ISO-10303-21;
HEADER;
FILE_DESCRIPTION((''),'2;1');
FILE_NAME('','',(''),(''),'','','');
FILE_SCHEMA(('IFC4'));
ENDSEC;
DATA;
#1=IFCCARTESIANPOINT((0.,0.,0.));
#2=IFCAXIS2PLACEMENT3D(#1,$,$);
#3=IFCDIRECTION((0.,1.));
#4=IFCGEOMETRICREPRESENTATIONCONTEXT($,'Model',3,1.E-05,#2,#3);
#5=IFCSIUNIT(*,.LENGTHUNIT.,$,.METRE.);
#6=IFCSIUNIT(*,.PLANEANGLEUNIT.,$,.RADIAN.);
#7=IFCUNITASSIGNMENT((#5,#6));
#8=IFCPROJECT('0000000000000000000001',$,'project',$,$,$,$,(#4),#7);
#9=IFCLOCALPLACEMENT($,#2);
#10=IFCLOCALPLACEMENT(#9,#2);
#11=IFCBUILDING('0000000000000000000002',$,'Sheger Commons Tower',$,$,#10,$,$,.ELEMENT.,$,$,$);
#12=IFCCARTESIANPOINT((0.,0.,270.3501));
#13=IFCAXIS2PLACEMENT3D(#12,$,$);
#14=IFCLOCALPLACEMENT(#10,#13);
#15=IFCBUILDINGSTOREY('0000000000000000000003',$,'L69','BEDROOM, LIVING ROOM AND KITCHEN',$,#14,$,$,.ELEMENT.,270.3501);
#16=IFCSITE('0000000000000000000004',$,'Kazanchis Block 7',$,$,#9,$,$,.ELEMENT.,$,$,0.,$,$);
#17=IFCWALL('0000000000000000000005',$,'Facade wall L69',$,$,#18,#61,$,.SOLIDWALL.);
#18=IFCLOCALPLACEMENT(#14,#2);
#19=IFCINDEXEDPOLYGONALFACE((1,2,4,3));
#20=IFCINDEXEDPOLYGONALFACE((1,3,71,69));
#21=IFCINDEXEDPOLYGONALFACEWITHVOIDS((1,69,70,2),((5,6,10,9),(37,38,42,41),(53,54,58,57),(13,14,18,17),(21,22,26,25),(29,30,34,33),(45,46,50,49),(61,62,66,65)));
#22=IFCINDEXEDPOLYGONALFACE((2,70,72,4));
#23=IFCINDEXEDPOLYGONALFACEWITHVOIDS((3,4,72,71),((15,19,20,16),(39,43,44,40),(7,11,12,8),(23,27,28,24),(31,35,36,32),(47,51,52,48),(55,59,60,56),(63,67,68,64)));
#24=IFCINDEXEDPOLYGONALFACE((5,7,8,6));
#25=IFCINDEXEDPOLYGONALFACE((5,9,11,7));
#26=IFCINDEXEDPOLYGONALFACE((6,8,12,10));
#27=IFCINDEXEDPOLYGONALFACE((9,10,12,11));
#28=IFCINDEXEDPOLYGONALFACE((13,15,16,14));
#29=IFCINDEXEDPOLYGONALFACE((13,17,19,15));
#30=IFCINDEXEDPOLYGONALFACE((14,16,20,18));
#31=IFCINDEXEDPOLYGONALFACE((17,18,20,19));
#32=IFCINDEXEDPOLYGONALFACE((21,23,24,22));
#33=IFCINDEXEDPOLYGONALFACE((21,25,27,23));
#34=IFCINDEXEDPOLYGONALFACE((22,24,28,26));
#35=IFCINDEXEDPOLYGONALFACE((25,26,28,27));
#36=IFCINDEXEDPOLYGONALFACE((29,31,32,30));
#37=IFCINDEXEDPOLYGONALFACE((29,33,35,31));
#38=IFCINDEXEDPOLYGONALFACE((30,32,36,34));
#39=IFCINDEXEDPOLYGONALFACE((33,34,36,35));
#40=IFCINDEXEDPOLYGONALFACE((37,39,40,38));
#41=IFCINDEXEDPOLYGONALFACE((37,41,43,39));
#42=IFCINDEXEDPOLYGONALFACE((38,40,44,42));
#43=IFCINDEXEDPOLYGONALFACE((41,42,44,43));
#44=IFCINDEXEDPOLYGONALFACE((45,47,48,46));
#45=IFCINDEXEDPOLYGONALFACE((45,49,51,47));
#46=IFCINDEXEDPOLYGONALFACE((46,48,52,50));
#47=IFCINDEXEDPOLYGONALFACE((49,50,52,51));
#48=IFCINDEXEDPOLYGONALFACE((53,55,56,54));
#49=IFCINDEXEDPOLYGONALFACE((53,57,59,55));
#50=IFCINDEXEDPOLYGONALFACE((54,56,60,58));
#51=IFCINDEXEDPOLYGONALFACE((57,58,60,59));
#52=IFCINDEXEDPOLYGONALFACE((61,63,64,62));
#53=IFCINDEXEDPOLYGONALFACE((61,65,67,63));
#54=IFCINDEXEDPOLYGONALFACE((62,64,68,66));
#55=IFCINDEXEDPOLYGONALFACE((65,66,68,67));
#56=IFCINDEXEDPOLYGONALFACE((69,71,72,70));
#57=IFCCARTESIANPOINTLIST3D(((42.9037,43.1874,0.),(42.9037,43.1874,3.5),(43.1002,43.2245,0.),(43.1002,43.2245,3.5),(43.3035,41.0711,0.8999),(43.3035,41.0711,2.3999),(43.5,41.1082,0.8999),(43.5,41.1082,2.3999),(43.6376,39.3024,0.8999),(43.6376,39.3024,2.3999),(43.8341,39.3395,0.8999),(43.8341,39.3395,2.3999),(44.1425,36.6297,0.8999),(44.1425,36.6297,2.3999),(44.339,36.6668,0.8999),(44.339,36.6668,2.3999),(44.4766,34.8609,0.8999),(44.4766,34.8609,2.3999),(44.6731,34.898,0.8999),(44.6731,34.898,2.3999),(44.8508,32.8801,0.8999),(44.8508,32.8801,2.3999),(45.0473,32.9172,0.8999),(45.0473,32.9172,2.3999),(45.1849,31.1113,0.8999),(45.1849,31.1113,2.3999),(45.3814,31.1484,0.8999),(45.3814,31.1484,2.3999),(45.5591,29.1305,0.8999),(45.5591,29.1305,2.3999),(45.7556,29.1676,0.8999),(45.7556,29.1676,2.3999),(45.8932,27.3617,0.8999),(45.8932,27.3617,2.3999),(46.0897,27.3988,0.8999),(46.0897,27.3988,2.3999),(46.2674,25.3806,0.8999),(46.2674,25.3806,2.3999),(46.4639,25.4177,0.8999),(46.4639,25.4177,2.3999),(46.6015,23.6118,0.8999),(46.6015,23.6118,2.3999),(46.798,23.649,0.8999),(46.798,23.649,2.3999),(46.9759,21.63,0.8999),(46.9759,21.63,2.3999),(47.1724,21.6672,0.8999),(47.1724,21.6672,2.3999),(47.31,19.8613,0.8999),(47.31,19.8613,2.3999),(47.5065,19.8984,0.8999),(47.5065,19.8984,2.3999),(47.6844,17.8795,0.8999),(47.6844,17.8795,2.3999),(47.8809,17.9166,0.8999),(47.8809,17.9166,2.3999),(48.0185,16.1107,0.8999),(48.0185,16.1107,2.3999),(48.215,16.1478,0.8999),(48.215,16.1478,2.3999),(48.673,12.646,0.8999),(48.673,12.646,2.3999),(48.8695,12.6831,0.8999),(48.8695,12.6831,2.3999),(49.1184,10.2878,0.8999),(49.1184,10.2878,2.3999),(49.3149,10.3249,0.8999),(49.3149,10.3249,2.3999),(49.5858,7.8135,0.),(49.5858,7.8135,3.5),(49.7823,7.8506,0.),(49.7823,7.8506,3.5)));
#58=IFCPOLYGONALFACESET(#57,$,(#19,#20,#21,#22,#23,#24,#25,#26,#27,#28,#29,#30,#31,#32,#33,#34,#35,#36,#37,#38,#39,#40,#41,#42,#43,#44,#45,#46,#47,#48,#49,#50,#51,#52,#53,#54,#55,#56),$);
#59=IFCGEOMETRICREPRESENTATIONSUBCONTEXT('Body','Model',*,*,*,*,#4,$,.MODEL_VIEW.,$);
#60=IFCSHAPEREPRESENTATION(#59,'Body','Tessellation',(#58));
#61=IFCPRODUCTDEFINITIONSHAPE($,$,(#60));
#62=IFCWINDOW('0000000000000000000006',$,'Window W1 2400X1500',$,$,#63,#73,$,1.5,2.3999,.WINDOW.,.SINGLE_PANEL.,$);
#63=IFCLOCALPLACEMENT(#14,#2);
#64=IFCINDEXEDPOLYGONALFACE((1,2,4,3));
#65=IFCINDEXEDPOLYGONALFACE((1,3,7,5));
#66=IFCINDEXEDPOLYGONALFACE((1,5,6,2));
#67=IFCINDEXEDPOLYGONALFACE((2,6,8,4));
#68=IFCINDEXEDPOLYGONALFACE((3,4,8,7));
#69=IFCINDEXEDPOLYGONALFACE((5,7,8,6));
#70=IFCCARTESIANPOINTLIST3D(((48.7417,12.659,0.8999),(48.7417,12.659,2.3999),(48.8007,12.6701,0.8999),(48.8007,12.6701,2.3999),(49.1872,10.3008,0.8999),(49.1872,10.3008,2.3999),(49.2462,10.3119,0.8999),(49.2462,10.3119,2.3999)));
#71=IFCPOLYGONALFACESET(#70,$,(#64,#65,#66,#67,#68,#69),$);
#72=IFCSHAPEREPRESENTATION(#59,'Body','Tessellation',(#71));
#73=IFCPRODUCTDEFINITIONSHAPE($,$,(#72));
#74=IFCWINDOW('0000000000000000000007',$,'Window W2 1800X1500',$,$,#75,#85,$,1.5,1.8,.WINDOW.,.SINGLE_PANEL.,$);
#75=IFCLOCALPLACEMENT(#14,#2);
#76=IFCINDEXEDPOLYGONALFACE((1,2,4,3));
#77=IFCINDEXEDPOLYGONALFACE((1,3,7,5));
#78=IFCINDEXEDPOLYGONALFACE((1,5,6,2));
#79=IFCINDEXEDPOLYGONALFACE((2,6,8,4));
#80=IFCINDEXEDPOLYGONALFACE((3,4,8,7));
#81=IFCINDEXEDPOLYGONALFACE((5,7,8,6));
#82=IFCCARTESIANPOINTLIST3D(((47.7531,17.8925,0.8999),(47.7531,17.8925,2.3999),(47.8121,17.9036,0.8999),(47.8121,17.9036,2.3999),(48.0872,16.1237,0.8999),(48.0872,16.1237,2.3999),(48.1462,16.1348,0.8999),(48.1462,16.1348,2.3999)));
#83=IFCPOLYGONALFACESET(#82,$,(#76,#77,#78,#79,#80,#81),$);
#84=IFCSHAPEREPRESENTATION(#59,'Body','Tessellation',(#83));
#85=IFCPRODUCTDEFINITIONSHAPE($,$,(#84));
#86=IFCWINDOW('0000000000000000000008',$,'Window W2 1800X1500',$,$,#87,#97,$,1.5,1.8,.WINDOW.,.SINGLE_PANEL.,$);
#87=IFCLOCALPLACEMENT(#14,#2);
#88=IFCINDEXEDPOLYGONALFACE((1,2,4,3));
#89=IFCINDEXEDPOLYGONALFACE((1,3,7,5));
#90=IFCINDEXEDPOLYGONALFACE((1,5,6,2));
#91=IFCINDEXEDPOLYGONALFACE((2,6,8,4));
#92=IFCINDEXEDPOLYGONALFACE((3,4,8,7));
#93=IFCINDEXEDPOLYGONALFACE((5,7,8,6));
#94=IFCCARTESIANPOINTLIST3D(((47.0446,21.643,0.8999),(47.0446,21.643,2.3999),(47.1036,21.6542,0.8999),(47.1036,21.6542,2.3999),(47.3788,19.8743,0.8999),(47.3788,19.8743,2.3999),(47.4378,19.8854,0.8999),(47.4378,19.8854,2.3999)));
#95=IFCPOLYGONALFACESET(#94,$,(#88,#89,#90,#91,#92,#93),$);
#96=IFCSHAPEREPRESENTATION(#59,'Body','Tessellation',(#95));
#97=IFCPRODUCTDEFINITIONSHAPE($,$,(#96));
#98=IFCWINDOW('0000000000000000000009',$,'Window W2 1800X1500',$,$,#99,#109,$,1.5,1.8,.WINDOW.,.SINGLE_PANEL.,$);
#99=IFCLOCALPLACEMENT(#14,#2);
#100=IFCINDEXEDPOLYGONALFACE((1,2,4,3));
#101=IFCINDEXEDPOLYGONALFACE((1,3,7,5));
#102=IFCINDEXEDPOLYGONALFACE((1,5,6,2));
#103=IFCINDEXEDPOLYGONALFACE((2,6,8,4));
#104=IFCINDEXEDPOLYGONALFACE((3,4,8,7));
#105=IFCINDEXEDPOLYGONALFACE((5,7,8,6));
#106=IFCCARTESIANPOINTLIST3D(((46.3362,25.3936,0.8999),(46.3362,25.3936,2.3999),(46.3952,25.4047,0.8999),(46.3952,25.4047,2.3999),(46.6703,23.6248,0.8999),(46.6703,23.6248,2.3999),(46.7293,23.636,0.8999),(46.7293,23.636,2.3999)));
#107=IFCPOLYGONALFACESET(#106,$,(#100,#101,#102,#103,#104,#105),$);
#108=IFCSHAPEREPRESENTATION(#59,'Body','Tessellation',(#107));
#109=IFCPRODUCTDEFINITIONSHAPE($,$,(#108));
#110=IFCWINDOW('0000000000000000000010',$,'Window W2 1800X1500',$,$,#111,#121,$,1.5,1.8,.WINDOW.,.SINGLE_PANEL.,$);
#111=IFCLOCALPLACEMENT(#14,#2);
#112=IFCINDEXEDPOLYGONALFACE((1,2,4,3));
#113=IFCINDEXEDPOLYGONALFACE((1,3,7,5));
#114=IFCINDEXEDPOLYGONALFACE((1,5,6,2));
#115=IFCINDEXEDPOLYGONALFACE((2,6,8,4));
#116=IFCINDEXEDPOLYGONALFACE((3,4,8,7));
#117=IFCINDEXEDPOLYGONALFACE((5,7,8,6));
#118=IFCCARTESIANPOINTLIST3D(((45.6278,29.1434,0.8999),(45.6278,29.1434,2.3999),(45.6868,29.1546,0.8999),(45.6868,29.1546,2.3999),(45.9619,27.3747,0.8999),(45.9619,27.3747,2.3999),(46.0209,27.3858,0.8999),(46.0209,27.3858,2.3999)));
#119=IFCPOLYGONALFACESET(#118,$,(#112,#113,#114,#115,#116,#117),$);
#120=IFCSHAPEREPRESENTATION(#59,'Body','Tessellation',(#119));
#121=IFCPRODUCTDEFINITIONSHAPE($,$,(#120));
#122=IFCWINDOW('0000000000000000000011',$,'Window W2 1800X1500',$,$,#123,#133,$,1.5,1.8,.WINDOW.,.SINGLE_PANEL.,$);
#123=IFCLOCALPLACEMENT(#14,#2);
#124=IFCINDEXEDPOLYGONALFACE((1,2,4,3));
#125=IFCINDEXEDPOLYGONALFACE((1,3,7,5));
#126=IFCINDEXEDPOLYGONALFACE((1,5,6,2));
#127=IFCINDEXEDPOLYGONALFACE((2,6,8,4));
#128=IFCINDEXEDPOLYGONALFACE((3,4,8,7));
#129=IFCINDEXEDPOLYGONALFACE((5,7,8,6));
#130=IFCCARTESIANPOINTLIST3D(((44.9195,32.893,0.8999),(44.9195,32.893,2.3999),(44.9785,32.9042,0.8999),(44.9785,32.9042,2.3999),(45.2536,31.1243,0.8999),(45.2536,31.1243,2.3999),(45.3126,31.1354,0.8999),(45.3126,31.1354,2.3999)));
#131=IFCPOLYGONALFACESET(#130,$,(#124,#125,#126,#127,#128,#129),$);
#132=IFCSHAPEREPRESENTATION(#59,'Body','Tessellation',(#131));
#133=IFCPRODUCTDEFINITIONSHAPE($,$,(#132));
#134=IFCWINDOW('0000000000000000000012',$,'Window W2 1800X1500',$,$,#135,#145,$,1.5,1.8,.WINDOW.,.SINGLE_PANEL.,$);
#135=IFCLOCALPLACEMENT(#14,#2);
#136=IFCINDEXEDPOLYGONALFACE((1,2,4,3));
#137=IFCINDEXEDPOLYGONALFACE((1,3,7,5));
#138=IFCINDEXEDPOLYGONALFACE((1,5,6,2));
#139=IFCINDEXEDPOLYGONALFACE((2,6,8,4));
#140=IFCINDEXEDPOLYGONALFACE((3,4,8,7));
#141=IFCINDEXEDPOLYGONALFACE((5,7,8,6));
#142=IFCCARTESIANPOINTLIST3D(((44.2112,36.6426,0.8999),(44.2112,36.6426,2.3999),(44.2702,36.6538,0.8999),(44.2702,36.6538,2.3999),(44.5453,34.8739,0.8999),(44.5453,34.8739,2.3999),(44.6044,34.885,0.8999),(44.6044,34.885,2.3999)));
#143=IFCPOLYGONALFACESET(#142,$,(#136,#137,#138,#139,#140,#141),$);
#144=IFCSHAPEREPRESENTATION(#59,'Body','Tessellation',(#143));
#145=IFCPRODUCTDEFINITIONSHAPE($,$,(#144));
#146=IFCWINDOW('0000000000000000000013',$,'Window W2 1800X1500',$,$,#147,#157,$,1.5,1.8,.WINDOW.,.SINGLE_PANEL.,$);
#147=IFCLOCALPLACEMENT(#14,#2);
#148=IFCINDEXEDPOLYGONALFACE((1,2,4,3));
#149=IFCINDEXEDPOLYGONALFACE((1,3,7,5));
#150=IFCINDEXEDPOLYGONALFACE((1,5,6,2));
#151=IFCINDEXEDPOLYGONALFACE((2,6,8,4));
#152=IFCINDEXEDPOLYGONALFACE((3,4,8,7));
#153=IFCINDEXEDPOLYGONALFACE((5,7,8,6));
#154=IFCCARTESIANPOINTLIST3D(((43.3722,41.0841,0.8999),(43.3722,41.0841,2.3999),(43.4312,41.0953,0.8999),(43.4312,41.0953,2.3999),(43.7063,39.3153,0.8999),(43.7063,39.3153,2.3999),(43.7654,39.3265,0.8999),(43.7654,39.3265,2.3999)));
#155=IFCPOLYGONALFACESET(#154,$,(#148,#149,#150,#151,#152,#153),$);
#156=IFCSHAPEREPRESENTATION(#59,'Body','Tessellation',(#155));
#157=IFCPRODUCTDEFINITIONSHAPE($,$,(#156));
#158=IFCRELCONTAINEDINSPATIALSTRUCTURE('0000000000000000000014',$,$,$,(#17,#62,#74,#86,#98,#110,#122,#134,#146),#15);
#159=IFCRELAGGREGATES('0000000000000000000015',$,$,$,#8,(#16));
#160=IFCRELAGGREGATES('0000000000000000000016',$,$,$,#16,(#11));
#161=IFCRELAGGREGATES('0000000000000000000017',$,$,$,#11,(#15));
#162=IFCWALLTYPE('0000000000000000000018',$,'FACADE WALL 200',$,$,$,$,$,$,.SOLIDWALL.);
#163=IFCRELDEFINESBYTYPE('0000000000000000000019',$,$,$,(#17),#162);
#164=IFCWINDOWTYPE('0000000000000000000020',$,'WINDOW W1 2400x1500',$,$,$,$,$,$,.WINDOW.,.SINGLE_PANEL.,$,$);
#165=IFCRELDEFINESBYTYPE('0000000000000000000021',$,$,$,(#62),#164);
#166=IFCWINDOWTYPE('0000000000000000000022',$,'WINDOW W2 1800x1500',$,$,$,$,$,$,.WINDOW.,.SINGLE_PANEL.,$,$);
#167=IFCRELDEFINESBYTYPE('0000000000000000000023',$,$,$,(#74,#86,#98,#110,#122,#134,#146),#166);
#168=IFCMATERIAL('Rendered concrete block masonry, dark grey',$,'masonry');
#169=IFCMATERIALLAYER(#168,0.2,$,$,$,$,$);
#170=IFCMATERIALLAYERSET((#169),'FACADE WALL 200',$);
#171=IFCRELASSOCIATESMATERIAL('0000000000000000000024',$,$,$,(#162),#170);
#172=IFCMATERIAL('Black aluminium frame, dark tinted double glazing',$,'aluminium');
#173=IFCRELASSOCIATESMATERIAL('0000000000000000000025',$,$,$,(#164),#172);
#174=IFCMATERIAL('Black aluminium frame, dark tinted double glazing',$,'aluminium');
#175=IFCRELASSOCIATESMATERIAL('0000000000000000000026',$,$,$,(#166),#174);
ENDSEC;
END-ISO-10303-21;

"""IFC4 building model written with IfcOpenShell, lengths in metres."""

from ifc_helpers import new_model, si_unit, direction, frame, frame_2d, origin, place, context, subcontext, project, spatial, rectangle, extrude, material, layer, layer_set, type_object, element, fill, save


model = new_model("IFC4")

# Units and contexts
model_context = context("Model", 3, precision=1e-05, world=origin(), true_north=direction((0.0, 1.0)))
body_context = subcontext(model_context, "Body", "Model", "MODEL_VIEW")
ifc_project = project(units=[si_unit("LENGTHUNIT", "METRE"), si_unit("PLANEANGLEUNIT", "RADIAN")], contexts=[model_context])

# Site, building, storey
site_placement = place(None, origin())
site = spatial("IfcSite", under=ifc_project, at=site_placement, Name="Kazanchis Block 7", CompositionType="ELEMENT", RefElevation=0.0)
building_placement = place(site_placement, origin())
building = spatial("IfcBuilding", under=site, at=building_placement, Name="Sheger Commons Tower", CompositionType="ELEMENT")
storey_placement = place(building_placement, frame((0.0, 0.0, 270.3501)))
storey = spatial("IfcBuildingStorey", under=building, at=storey_placement, Name="L69", Description="BEDROOM, LIVING ROOM AND KITCHEN", CompositionType="ELEMENT", Elevation=270.3501)

# Shared definitions
ifc_material_1 = material(Name="Rendered concrete block masonry, dark grey", Category="masonry")
ifc_layer_1 = layer(ifc_material_1, 0.2)
ifc_layer_set_1 = layer_set([ifc_layer_1], Name="FACADE WALL 200")
wall_type_1 = type_object("IfcWallType", Name="FACADE WALL 200", PredefinedType="SOLIDWALL", material=ifc_layer_set_1)

# Wall, openings, windows
wall_1_placement = place(storey_placement, frame((49.6841, 7.832, 0.0), z_axis=(0.0, 0.0, 1.0), x_axis=(-0.185617, 0.982622, 0.0)))
wall_1 = element("IfcWall", 1, at=wall_1_placement, inside=storey, type_object=wall_type_1, Name="Facade wall L69", PredefinedType="SOLIDWALL", context=body_context, shape_type="SweptSolid", body=[
    extrude(rectangle(XDim=35.9995, YDim=0.2, at=frame_2d((17.9998, 0.0))), origin(), (0.0, 0.0, 1.0), 3.5),
])
opening_1_placement = place(wall_1_placement, frame((2.5181, 0.0, 0.8999)))
opening_1 = element("IfcOpeningElement", 2, at=opening_1_placement, cuts=wall_1, PredefinedType="OPENING", context=body_context, shape_type="SweptSolid", body=[
    extrude(rectangle(XDim=2.3999, YDim=1.5, at=frame_2d((1.2, 0.75))), frame((0.0, 0.1099, 0.0), z_axis=(0.0, -1.0, 0.0), x_axis=(1.0, 0.0, 0.0)), (0.0, 0.0, 1.0), 0.22),
])
opening_2_placement = place(wall_1_placement, frame((8.4441, 0.0, 0.8999)))
opening_2 = element("IfcOpeningElement", 3, at=opening_2_placement, cuts=wall_1, PredefinedType="OPENING", context=body_context, shape_type="SweptSolid", body=[
    extrude(rectangle(XDim=1.8, YDim=1.5, at=frame_2d((0.8999, 0.75))), frame((0.0, 0.1099, 0.0), z_axis=(0.0, -1.0, 0.0), x_axis=(1.0, 0.0, 0.0)), (0.0, 0.0, 1.0), 0.22),
])
opening_3_placement = place(wall_1_placement, frame((12.261, 0.0, 0.8999)))
opening_3 = element("IfcOpeningElement", 4, at=opening_3_placement, cuts=wall_1, PredefinedType="OPENING", context=body_context, shape_type="SweptSolid", body=[
    extrude(rectangle(XDim=1.8, YDim=1.5, at=frame_2d((0.8999, 0.75))), frame((0.0, 0.1099, 0.0), z_axis=(0.0, -1.0, 0.0), x_axis=(1.0, 0.0, 0.0)), (0.0, 0.0, 1.0), 0.22),
])
opening_4_placement = place(wall_1_placement, frame((16.0779, 0.0, 0.8999)))
opening_4 = element("IfcOpeningElement", 5, at=opening_4_placement, cuts=wall_1, PredefinedType="OPENING", context=body_context, shape_type="SweptSolid", body=[
    extrude(rectangle(XDim=1.8, YDim=1.5, at=frame_2d((0.8999, 0.75))), frame((0.0, 0.1099, 0.0), z_axis=(0.0, -1.0, 0.0), x_axis=(1.0, 0.0, 0.0)), (0.0, 0.0, 1.0), 0.22),
])
opening_5_placement = place(wall_1_placement, frame((19.894, 0.0, 0.8999)))
opening_5 = element("IfcOpeningElement", 6, at=opening_5_placement, cuts=wall_1, PredefinedType="OPENING", context=body_context, shape_type="SweptSolid", body=[
    extrude(rectangle(XDim=1.8, YDim=1.5, at=frame_2d((0.8999, 0.75))), frame((0.0, 0.1099, 0.0), z_axis=(0.0, -1.0, 0.0), x_axis=(1.0, 0.0, 0.0)), (0.0, 0.0, 1.0), 0.22),
])
opening_6_placement = place(wall_1_placement, frame((23.71, 0.0, 0.8999)))
opening_6 = element("IfcOpeningElement", 7, at=opening_6_placement, cuts=wall_1, PredefinedType="OPENING", context=body_context, shape_type="SweptSolid", body=[
    extrude(rectangle(XDim=1.8, YDim=1.5, at=frame_2d((0.8999, 0.75))), frame((0.0, 0.1099, 0.0), z_axis=(0.0, -1.0, 0.0), x_axis=(1.0, 0.0, 0.0)), (0.0, 0.0, 1.0), 0.22),
])
opening_7_placement = place(wall_1_placement, frame((27.5259, 0.0, 0.8999)))
opening_7 = element("IfcOpeningElement", 8, at=opening_7_placement, cuts=wall_1, PredefinedType="OPENING", context=body_context, shape_type="SweptSolid", body=[
    extrude(rectangle(XDim=1.8, YDim=1.5, at=frame_2d((0.8999, 0.75))), frame((0.0, 0.1099, 0.0), z_axis=(0.0, -1.0, 0.0), x_axis=(1.0, 0.0, 0.0)), (0.0, 0.0, 1.0), 0.22),
])
opening_8_placement = place(wall_1_placement, frame((32.0459, 0.0, 0.8999)))
opening_8 = element("IfcOpeningElement", 9, at=opening_8_placement, cuts=wall_1, PredefinedType="OPENING", context=body_context, shape_type="SweptSolid", body=[
    extrude(rectangle(XDim=1.8, YDim=1.5, at=frame_2d((0.8999, 0.75))), frame((0.0, 0.1099, 0.0), z_axis=(0.0, -1.0, 0.0), x_axis=(1.0, 0.0, 0.0)), (0.0, 0.0, 1.0), 0.22),
])
ifc_material_2 = material(Name="Black aluminium frame, dark tinted double glazing", Category="aluminium")
window_type_1 = type_object("IfcWindowType", Name="WINDOW W1 2400x1500", PartitioningType="SINGLE_PANEL", PredefinedType="WINDOW", material=ifc_material_2)
window_1_placement = place(opening_1_placement, origin())
window_1 = element("IfcWindow", 10, at=window_1_placement, inside=storey, type_object=window_type_1, Name="Window W1 2400X1500", OverallHeight=1.5, OverallWidth=2.3999, PartitioningType="SINGLE_PANEL", PredefinedType="WINDOW", context=body_context, shape_type="SweptSolid", body=[
    extrude(rectangle(XDim=2.3999, YDim=1.5, at=frame_2d((1.2, 0.75))), frame((0.0, 0.03, 0.0), z_axis=(0.0, -1.0, 0.0), x_axis=(1.0, 0.0, 0.0)), (0.0, 0.0, 1.0), 0.0601),
])
fill(opening_1, window_1)
ifc_material_3 = material(Name="Black aluminium frame, dark tinted double glazing", Category="aluminium")
window_type_2 = type_object("IfcWindowType", Name="WINDOW W2 1800x1500", PartitioningType="SINGLE_PANEL", PredefinedType="WINDOW", material=ifc_material_3)
window_2_placement = place(opening_2_placement, origin())
window_2 = element("IfcWindow", 11, at=window_2_placement, inside=storey, type_object=window_type_2, Name="Window W2 1800X1500", OverallHeight=1.5, OverallWidth=1.8, PartitioningType="SINGLE_PANEL", PredefinedType="WINDOW", context=body_context, shape_type="SweptSolid", body=[
    extrude(rectangle(XDim=1.8, YDim=1.5, at=frame_2d((0.8999, 0.75))), frame((0.0, 0.03, 0.0), z_axis=(0.0, -1.0, 0.0), x_axis=(1.0, 0.0, 0.0)), (0.0, 0.0, 1.0), 0.0601),
])
fill(opening_2, window_2)
window_3_placement = place(opening_3_placement, origin())
window_3 = element("IfcWindow", 12, at=window_3_placement, inside=storey, type_object=window_type_2, Name="Window W2 1800X1500", OverallHeight=1.5, OverallWidth=1.8, PartitioningType="SINGLE_PANEL", PredefinedType="WINDOW", context=body_context, shape_type="SweptSolid", body=[
    extrude(rectangle(XDim=1.8, YDim=1.5, at=frame_2d((0.8999, 0.75))), frame((0.0, 0.03, 0.0), z_axis=(0.0, -1.0, 0.0), x_axis=(1.0, 0.0, 0.0)), (0.0, 0.0, 1.0), 0.0601),
])
fill(opening_3, window_3)
window_4_placement = place(opening_4_placement, origin())
window_4 = element("IfcWindow", 13, at=window_4_placement, inside=storey, type_object=window_type_2, Name="Window W2 1800X1500", OverallHeight=1.5, OverallWidth=1.8, PartitioningType="SINGLE_PANEL", PredefinedType="WINDOW", context=body_context, shape_type="SweptSolid", body=[
    extrude(rectangle(XDim=1.8, YDim=1.5, at=frame_2d((0.8999, 0.75))), frame((0.0, 0.03, 0.0), z_axis=(0.0, -1.0, 0.0), x_axis=(1.0, 0.0, 0.0)), (0.0, 0.0, 1.0), 0.0601),
])
fill(opening_4, window_4)
window_5_placement = place(opening_5_placement, origin())
window_5 = element("IfcWindow", 14, at=window_5_placement, inside=storey, type_object=window_type_2, Name="Window W2 1800X1500", OverallHeight=1.5, OverallWidth=1.8, PartitioningType="SINGLE_PANEL", PredefinedType="WINDOW", context=body_context, shape_type="SweptSolid", body=[
    extrude(rectangle(XDim=1.8, YDim=1.5, at=frame_2d((0.8999, 0.75))), frame((0.0, 0.03, 0.0), z_axis=(0.0, -1.0, 0.0), x_axis=(1.0, 0.0, 0.0)), (0.0, 0.0, 1.0), 0.0601),
])
fill(opening_5, window_5)
window_6_placement = place(opening_6_placement, origin())
window_6 = element("IfcWindow", 15, at=window_6_placement, inside=storey, type_object=window_type_2, Name="Window W2 1800X1500", OverallHeight=1.5, OverallWidth=1.8, PartitioningType="SINGLE_PANEL", PredefinedType="WINDOW", context=body_context, shape_type="SweptSolid", body=[
    extrude(rectangle(XDim=1.8, YDim=1.5, at=frame_2d((0.8999, 0.75))), frame((0.0, 0.03, 0.0), z_axis=(0.0, -1.0, 0.0), x_axis=(1.0, 0.0, 0.0)), (0.0, 0.0, 1.0), 0.0601),
])
fill(opening_6, window_6)
window_7_placement = place(opening_7_placement, origin())
window_7 = element("IfcWindow", 16, at=window_7_placement, inside=storey, type_object=window_type_2, Name="Window W2 1800X1500", OverallHeight=1.5, OverallWidth=1.8, PartitioningType="SINGLE_PANEL", PredefinedType="WINDOW", context=body_context, shape_type="SweptSolid", body=[
    extrude(rectangle(XDim=1.8, YDim=1.5, at=frame_2d((0.8999, 0.75))), frame((0.0, 0.03, 0.0), z_axis=(0.0, -1.0, 0.0), x_axis=(1.0, 0.0, 0.0)), (0.0, 0.0, 1.0), 0.0601),
])
fill(opening_7, window_7)
window_8_placement = place(opening_8_placement, origin())
window_8 = element("IfcWindow", 17, at=window_8_placement, inside=storey, type_object=window_type_2, Name="Window W2 1800X1500", OverallHeight=1.5, OverallWidth=1.8, PartitioningType="SINGLE_PANEL", PredefinedType="WINDOW", context=body_context, shape_type="SweptSolid", body=[
    extrude(rectangle(XDim=1.8, YDim=1.5, at=frame_2d((0.8999, 0.75))), frame((0.0, 0.03, 0.0), z_axis=(0.0, -1.0, 0.0), x_axis=(1.0, 0.0, 0.0)), (0.0, 0.0, 1.0), 0.0601),
])
fill(opening_8, window_8)

save(model, "model.ifc")
